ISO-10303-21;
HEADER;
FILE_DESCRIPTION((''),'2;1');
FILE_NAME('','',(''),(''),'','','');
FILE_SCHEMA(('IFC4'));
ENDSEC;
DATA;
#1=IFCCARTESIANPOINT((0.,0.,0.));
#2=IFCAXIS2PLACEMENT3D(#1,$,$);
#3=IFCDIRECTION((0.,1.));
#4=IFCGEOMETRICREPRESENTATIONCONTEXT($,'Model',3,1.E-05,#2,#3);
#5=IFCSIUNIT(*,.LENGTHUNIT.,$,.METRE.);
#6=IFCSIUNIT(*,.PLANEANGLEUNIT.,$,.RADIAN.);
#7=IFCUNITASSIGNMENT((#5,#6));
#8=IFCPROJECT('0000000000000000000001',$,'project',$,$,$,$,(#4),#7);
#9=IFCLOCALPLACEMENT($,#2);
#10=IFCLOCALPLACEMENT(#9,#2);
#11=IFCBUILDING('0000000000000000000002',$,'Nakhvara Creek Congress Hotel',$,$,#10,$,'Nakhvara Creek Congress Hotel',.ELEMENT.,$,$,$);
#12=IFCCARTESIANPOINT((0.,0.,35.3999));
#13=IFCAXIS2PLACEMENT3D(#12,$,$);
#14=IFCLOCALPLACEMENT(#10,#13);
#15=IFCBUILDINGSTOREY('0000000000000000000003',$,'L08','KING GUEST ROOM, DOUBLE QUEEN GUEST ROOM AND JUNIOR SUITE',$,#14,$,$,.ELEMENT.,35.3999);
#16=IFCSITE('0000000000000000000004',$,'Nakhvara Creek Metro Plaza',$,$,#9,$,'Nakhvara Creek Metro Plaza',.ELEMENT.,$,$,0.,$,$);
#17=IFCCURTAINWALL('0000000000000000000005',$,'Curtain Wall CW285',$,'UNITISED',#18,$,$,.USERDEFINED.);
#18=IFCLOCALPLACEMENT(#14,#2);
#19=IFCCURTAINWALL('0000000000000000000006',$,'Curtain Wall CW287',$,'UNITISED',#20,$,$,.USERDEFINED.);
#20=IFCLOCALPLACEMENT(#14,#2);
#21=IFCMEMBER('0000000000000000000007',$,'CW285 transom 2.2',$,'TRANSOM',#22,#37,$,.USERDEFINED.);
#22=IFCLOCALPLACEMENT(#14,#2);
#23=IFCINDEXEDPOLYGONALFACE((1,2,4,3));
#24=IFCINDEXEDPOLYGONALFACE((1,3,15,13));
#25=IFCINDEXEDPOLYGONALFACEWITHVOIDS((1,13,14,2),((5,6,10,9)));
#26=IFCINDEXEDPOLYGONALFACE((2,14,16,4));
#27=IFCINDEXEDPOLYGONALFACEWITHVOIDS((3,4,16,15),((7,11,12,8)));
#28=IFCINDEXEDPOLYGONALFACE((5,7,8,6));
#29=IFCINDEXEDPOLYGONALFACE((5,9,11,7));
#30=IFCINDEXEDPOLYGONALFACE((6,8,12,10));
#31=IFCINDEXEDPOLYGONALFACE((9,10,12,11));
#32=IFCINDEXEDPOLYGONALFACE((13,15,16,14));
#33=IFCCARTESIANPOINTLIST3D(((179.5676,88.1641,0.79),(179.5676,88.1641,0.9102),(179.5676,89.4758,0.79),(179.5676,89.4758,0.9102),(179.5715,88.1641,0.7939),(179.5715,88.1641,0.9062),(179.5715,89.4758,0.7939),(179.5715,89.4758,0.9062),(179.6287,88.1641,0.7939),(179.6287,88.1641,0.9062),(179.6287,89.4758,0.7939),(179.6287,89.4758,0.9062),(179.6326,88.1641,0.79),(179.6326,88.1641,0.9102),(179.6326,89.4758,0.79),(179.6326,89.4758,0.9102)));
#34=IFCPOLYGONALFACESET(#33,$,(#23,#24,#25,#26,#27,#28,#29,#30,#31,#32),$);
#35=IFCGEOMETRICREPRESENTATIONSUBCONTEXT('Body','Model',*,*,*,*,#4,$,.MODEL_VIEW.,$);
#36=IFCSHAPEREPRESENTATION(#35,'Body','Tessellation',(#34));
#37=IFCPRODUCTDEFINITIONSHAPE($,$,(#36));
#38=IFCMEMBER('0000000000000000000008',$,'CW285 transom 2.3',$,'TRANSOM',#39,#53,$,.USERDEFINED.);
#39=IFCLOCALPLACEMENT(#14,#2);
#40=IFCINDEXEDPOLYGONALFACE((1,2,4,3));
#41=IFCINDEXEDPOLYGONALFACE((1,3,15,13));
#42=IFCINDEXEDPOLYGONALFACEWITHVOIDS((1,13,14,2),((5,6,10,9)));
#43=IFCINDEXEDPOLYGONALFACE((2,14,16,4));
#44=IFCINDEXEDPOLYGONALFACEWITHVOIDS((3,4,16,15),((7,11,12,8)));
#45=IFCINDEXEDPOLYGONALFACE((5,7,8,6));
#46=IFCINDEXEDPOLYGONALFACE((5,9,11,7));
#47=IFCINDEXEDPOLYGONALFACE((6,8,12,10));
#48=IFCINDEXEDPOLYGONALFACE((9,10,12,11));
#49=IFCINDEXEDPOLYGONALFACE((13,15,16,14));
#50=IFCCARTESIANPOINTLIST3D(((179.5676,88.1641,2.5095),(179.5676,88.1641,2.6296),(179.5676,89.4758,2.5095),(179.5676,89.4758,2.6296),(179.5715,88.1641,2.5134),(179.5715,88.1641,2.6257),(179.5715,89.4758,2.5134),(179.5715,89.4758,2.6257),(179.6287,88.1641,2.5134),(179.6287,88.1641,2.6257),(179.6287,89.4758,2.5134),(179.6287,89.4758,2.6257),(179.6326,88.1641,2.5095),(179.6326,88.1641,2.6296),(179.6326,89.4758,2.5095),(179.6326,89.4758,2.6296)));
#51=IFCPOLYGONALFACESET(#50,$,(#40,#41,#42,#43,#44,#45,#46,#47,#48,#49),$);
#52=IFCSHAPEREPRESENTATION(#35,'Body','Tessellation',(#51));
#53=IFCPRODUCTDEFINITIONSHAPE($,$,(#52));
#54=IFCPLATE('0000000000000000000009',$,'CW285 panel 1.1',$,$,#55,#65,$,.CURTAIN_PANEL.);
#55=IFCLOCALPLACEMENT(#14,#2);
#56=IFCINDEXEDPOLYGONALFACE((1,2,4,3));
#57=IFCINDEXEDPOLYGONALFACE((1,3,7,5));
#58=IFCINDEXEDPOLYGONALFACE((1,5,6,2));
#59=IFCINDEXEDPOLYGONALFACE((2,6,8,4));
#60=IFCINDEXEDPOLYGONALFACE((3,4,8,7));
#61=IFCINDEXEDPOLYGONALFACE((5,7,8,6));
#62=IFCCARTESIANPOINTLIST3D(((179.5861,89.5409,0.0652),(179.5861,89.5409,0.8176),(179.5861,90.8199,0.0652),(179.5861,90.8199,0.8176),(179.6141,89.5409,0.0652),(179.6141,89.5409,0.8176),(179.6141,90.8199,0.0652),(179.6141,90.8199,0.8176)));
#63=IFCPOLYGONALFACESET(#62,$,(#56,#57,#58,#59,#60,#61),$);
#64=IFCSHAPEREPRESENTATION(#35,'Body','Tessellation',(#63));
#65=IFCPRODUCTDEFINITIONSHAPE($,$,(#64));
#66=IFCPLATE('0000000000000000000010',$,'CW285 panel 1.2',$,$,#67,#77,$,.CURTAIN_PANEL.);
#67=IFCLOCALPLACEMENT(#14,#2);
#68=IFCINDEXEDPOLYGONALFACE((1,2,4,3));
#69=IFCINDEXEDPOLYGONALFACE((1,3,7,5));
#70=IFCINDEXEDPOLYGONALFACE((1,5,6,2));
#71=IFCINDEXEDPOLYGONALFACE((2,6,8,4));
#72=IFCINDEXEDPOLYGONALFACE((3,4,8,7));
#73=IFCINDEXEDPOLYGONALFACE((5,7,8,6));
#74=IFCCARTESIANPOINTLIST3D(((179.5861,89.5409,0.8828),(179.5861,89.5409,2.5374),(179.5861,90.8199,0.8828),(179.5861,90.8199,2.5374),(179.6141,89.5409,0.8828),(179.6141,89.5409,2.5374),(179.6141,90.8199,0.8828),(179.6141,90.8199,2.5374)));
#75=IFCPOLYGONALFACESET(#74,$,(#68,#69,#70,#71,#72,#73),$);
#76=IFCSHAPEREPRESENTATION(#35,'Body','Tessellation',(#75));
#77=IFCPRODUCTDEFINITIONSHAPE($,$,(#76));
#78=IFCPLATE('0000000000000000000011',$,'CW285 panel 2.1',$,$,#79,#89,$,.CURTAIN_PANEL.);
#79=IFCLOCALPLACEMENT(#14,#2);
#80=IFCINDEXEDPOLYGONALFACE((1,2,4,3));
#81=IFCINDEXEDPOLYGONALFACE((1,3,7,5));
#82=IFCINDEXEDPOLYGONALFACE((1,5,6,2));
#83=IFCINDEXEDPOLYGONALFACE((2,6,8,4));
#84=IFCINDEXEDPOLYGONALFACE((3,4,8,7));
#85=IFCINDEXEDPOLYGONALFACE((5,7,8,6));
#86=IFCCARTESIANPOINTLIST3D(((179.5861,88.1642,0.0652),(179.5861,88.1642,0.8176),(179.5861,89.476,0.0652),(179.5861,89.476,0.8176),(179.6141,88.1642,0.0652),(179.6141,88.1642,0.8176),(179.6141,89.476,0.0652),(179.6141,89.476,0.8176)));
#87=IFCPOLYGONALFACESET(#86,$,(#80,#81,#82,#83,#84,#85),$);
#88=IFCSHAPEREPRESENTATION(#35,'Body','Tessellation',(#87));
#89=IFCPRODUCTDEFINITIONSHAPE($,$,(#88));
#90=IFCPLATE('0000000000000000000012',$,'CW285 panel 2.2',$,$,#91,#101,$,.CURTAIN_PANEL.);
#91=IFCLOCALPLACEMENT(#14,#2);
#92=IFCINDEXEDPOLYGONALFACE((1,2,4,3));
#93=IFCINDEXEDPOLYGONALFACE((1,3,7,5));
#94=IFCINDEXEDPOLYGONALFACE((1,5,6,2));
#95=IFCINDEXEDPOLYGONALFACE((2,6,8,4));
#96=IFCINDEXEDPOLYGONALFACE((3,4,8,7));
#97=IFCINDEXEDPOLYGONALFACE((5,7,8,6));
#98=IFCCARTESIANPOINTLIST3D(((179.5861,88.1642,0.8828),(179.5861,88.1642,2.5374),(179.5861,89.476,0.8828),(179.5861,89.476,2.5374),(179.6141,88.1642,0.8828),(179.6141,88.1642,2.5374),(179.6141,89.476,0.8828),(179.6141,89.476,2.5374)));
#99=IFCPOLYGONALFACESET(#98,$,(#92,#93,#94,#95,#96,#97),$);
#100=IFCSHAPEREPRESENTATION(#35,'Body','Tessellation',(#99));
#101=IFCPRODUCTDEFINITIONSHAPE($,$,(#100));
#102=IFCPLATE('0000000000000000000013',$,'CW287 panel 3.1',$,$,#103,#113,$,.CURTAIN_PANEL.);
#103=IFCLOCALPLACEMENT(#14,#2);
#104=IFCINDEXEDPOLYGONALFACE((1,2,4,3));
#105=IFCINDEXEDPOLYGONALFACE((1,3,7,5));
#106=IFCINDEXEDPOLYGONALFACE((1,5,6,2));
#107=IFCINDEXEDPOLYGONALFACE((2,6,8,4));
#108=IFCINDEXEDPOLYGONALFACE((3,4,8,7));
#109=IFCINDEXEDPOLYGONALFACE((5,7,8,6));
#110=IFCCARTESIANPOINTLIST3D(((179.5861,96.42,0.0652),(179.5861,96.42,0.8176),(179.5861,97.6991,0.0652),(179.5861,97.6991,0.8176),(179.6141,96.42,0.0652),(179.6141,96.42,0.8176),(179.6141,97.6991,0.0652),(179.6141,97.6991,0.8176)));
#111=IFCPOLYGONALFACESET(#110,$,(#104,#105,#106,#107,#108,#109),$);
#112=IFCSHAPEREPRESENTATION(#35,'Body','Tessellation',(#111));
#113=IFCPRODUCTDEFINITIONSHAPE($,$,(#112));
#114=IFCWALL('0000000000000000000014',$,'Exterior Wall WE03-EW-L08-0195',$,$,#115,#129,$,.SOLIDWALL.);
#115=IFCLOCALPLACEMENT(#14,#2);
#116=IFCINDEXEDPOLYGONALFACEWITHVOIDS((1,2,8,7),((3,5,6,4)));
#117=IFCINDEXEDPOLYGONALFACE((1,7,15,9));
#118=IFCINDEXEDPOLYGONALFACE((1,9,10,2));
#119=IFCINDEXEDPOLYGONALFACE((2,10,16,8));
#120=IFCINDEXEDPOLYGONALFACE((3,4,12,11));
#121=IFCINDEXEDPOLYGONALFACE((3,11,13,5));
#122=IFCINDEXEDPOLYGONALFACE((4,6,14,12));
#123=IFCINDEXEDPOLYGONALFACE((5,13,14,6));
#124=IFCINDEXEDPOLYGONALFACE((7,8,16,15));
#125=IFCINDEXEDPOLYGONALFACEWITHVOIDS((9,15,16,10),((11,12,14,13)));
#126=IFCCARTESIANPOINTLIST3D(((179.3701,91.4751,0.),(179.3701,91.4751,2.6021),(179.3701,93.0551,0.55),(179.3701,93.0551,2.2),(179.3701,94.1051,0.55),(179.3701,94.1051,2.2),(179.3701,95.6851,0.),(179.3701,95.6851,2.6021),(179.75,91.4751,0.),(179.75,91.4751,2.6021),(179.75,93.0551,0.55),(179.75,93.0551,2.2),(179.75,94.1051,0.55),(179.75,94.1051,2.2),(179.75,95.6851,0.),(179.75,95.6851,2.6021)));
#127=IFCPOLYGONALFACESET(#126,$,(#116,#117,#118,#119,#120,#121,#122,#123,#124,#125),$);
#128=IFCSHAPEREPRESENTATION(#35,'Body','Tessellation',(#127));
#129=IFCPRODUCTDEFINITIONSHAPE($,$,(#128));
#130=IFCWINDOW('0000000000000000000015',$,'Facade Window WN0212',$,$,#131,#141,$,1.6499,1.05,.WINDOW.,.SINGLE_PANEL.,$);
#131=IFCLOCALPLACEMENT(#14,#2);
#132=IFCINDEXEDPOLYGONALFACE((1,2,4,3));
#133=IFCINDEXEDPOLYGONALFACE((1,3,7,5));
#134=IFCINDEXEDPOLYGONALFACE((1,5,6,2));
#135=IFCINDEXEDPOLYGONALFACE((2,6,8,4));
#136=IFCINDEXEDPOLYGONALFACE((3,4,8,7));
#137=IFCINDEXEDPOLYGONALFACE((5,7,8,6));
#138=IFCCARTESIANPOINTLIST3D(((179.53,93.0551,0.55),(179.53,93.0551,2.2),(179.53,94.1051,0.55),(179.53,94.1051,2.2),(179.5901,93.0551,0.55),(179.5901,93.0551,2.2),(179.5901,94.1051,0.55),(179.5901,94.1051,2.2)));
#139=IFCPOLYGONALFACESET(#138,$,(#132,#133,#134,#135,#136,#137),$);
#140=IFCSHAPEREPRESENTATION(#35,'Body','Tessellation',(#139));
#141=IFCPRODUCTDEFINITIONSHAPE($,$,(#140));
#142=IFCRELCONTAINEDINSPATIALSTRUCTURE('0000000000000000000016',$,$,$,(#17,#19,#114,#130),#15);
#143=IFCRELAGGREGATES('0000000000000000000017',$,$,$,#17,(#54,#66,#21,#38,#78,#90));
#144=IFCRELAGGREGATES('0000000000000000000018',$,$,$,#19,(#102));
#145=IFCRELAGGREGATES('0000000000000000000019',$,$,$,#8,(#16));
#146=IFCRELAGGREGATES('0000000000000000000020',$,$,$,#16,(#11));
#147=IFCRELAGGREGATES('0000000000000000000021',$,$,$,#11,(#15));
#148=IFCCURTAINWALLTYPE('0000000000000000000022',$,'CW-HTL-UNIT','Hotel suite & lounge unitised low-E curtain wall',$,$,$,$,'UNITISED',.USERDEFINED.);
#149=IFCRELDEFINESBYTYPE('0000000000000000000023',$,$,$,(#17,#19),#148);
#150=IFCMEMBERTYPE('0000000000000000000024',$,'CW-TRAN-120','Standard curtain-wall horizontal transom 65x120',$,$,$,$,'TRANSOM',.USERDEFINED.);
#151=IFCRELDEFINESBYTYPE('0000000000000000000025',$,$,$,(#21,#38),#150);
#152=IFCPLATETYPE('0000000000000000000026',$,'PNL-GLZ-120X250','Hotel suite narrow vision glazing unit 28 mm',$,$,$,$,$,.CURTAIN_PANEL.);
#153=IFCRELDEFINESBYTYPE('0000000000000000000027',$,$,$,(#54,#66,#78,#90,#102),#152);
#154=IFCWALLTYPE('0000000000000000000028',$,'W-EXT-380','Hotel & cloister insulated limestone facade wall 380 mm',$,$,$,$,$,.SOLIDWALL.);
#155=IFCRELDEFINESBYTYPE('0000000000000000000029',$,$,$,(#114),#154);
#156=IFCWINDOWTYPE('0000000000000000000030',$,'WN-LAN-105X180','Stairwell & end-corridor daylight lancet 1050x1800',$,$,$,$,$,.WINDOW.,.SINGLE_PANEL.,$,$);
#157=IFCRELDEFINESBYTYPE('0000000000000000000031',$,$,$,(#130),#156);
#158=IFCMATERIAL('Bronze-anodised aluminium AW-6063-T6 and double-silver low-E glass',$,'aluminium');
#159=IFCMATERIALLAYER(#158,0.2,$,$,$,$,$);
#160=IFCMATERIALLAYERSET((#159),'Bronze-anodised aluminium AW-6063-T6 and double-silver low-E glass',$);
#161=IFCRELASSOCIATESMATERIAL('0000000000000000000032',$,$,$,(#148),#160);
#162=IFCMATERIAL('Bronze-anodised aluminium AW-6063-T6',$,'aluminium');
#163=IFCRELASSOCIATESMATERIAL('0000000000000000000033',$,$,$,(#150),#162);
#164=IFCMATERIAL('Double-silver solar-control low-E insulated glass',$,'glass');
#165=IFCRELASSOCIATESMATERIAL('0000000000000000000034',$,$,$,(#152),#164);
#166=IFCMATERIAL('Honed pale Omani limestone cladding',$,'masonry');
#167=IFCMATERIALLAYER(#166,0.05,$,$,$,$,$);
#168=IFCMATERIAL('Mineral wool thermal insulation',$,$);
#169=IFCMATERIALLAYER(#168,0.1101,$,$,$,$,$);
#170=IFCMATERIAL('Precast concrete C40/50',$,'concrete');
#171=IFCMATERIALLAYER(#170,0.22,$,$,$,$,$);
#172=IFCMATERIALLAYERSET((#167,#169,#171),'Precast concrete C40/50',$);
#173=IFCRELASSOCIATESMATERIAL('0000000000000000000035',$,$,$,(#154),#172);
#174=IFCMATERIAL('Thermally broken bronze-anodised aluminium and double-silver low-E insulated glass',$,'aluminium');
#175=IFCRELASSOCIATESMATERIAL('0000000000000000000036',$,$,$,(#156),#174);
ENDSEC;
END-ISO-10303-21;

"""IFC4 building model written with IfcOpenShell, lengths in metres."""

from ifc_helpers import new_model, si_unit, direction, frame, frame_2d, origin, origin_2d, place, context, subcontext, project, spatial, rectangle, hollow_rectangle, extrude, material, layer, layer_set, material_profile, profile_set, type_object, element, fill, aggregate, save


model = new_model("IFC4")

# Units and contexts
model_context = context("Model", 3, precision=1e-05, world=origin(), true_north=direction((0.0, 1.0)))
body_context = subcontext(model_context, "Body", "Model", "MODEL_VIEW")
ifc_project = project(units=[si_unit("LENGTHUNIT", "METRE"), si_unit("PLANEANGLEUNIT", "RADIAN")], contexts=[model_context])

# Site, building, storey
site_placement = place(None, origin())
site = spatial("IfcSite", under=ifc_project, at=site_placement, Name="Nakhvara Creek Metro Plaza", LongName="Nakhvara Creek Metro Plaza", CompositionType="ELEMENT", RefElevation=0.0)
building_placement = place(site_placement, origin())
building = spatial("IfcBuilding", under=site, at=building_placement, Name="Nakhvara Creek Congress Hotel", LongName="Nakhvara Creek Congress Hotel", CompositionType="ELEMENT")
storey_placement = place(building_placement, frame((0.0, 0.0, 35.3999)))
storey = spatial("IfcBuildingStorey", under=building, at=storey_placement, Name="L08", Description="KING GUEST ROOM, DOUBLE QUEEN GUEST ROOM AND JUNIOR SUITE", CompositionType="ELEMENT", Elevation=35.3999)

# Curtain wall
ifc_material_1 = material(Name="Bronze-anodised aluminium AW-6063-T6 and double-silver low-E glass", Category="aluminium")
ifc_layer_1 = layer(ifc_material_1, 0.2)
ifc_layer_set_1 = layer_set([ifc_layer_1], Name="Bronze-anodised aluminium AW-6063-T6 and double-silver low-E glass")
curtain_wall_type = type_object("IfcCurtainWallType", Name="CW-HTL-UNIT", Description="Hotel suite & lounge unitised low-E curtain wall", ElementType="UNITISED", PredefinedType="USERDEFINED", material=ifc_layer_set_1)
curtain_wall_1_placement = place(storey_placement, origin())
curtain_wall_1 = element("IfcCurtainWall", 1, at=curtain_wall_1_placement, inside=storey, type_object=curtain_wall_type, Name="Curtain Wall CW285", ObjectType="UNITISED", PredefinedType="USERDEFINED")
ifc_material_2 = material(Name="Bronze-anodised aluminium AW-6063-T6", Category="aluminium")

# Curtain wall
curtain_wall_2_placement = place(storey_placement, origin())
curtain_wall_2 = element("IfcCurtainWall", 2, at=curtain_wall_2_placement, inside=storey, type_object=curtain_wall_type, Name="Curtain Wall CW287", ObjectType="UNITISED", PredefinedType="USERDEFINED")

# Members
ifc_material_profile_1 = material_profile(ifc_material_2, hollow_rectangle(XDim=0.0649, YDim=0.1201, WallThickness=0.0039, at=origin_2d()), Name="ALU-TRAN 65x120x4", Category="LoadBearing")
ifc_profile_set_1 = profile_set([ifc_material_profile_1], Name="Bronze-anodised aluminium AW-6063-T6")
member_type_1 = type_object("IfcMemberType", Name="CW-TRAN-120", Description="Standard curtain-wall horizontal transom 65x120", ElementType="TRANSOM", PredefinedType="USERDEFINED", material=ifc_profile_set_1)
member_1_placement = place(storey_placement, frame((179.6001, 89.4758, 0.8501), z_axis=(0.0, -1.0, 0.0), x_axis=(1.0, 0.0, 0.0)))
member_1 = element("IfcMember", 3, at=member_1_placement, type_object=member_type_1, Name="CW285 transom 2.2", ObjectType="TRANSOM", PredefinedType="USERDEFINED", context=body_context, shape_type="SweptSolid", body=[
    extrude(hollow_rectangle(XDim=0.0649, YDim=0.1201, WallThickness=0.0039, at=origin_2d()), origin(), (0.0, 0.0, 1.0), 1.3118),
])
member_2_placement = place(storey_placement, frame((179.6001, 89.4758, 2.5696), z_axis=(0.0, -1.0, 0.0), x_axis=(1.0, 0.0, 0.0)))
member_2 = element("IfcMember", 4, at=member_2_placement, type_object=member_type_1, Name="CW285 transom 2.3", ObjectType="TRANSOM", PredefinedType="USERDEFINED", context=body_context, shape_type="SweptSolid", body=[
    extrude(hollow_rectangle(XDim=0.0649, YDim=0.1201, WallThickness=0.0039, at=origin_2d()), origin(), (0.0, 0.0, 1.0), 1.3118),
])

# Plates
ifc_material_3 = material(Name="Double-silver solar-control low-E insulated glass", Category="glass")
plate_type = type_object("IfcPlateType", Name="PNL-GLZ-120X250", Description="Hotel suite narrow vision glazing unit 28 mm", PredefinedType="CURTAIN_PANEL", material=ifc_material_3)
plate_1_placement = place(storey_placement, frame((179.6001, 90.1804, 0.0652), z_axis=(0.0, 0.0, 1.0), x_axis=(0.0, -1.0, 0.0)))
plate_1 = element("IfcPlate", 5, at=plate_1_placement, type_object=plate_type, Name="CW285 panel 1.1", PredefinedType="CURTAIN_PANEL", context=body_context, shape_type="SweptSolid", body=[
    extrude(rectangle(XDim=1.2791, YDim=0.0281, at=origin_2d()), origin(), (0.0, 0.0, 1.0), 0.7524),
])
plate_2_placement = place(storey_placement, frame((179.6001, 90.1804, 0.8828), z_axis=(0.0, 0.0, 1.0), x_axis=(0.0, -1.0, 0.0)))
plate_2 = element("IfcPlate", 6, at=plate_2_placement, type_object=plate_type, Name="CW285 panel 1.2", PredefinedType="CURTAIN_PANEL", context=body_context, shape_type="SweptSolid", body=[
    extrude(rectangle(XDim=1.2791, YDim=0.0281, at=origin_2d()), origin(), (0.0, 0.0, 1.0), 1.6545),
])
plate_3_placement = place(storey_placement, frame((179.6001, 88.8201, 0.0652), z_axis=(0.0, 0.0, 1.0), x_axis=(0.0, -1.0, 0.0)))
plate_3 = element("IfcPlate", 7, at=plate_3_placement, type_object=plate_type, Name="CW285 panel 2.1", PredefinedType="CURTAIN_PANEL", context=body_context, shape_type="SweptSolid", body=[
    extrude(rectangle(XDim=1.3118, YDim=0.0281, at=origin_2d()), origin(), (0.0, 0.0, 1.0), 0.7524),
])
plate_4_placement = place(storey_placement, frame((179.6001, 88.8201, 0.8828), z_axis=(0.0, 0.0, 1.0), x_axis=(0.0, -1.0, 0.0)))
plate_4 = element("IfcPlate", 8, at=plate_4_placement, type_object=plate_type, Name="CW285 panel 2.2", PredefinedType="CURTAIN_PANEL", context=body_context, shape_type="SweptSolid", body=[
    extrude(rectangle(XDim=1.3118, YDim=0.0281, at=origin_2d()), origin(), (0.0, 0.0, 1.0), 1.6545),
])
aggregate(curtain_wall_1, [plate_1, plate_2, member_1, member_2, plate_3, plate_4])
plate_5_placement = place(storey_placement, frame((179.6001, 97.0596, 0.0652), z_axis=(0.0, 0.0, 1.0), x_axis=(0.0, -1.0, 0.0)))
plate_5 = element("IfcPlate", 9, at=plate_5_placement, type_object=plate_type, Name="CW287 panel 3.1", PredefinedType="CURTAIN_PANEL", context=body_context, shape_type="SweptSolid", body=[
    extrude(rectangle(XDim=1.2791, YDim=0.0281, at=origin_2d()), origin(), (0.0, 0.0, 1.0), 0.7524),
])
aggregate(curtain_wall_2, [plate_5])

# Wall, opening, window
ifc_material_4 = material(Name="Honed pale Omani limestone cladding", Category="masonry")
ifc_layer_2 = layer(ifc_material_4, 0.05)
ifc_material_5 = material(Name="Mineral wool thermal insulation")
ifc_layer_3 = layer(ifc_material_5, 0.1101)
ifc_material_6 = material(Name="Precast concrete C40/50", Category="concrete")
ifc_layer_4 = layer(ifc_material_6, 0.22)
ifc_layer_set_2 = layer_set([ifc_layer_2, ifc_layer_3, ifc_layer_4], Name="Precast concrete C40/50")
wall_type = type_object("IfcWallType", Name="W-EXT-380", Description="Hotel & cloister insulated limestone facade wall 380 mm", PredefinedType="SOLIDWALL", material=ifc_layer_set_2)
wall_placement = place(storey_placement, frame((179.5601, 95.6851, 0.0), z_axis=(0.0, 0.0, 1.0), x_axis=(0.0, -1.0, 0.0)))
wall = element("IfcWall", 10, at=wall_placement, inside=storey, type_object=wall_type, Name="Exterior Wall WE03-EW-L08-0195", PredefinedType="SOLIDWALL", context=body_context, shape_type="SweptSolid", body=[
    extrude(rectangle(XDim=4.21, YDim=0.3799, at=frame_2d((2.105, 0.0))), origin(), (0.0, 0.0, 1.0), 2.6021),
])
opening_placement = place(wall_placement, frame((1.5801, 0.0, 0.55)))
opening = element("IfcOpeningElement", 11, at=opening_placement, cuts=wall, PredefinedType="OPENING", context=body_context, shape_type="SweptSolid", body=[
    extrude(rectangle(XDim=1.05, YDim=1.6499, at=frame_2d((0.5249, 0.825))), frame((0.0, 0.2019, 0.0), z_axis=(0.0, -1.0, 0.0), x_axis=(1.0, 0.0, 0.0)), (0.0, 0.0, 1.0), 0.4038),
])
ifc_material_7 = material(Name="Thermally broken bronze-anodised aluminium and double-silver low-E insulated glass", Category="aluminium")
window_type = type_object("IfcWindowType", Name="WN-LAN-105X180", Description="Stairwell & end-corridor daylight lancet 1050x1800", PartitioningType="SINGLE_PANEL", PredefinedType="WINDOW", material=ifc_material_7)
window_placement = place(opening_placement, origin())
window = element("IfcWindow", 12, at=window_placement, inside=storey, type_object=window_type, Name="Facade Window WN0212", OverallHeight=1.6499, OverallWidth=1.05, PartitioningType="SINGLE_PANEL", PredefinedType="WINDOW", context=body_context, shape_type="SweptSolid", body=[
    extrude(rectangle(XDim=1.05, YDim=1.6499, at=frame_2d((0.5249, 0.825))), frame((0.0, 0.03, 0.0), z_axis=(0.0, -1.0, 0.0), x_axis=(1.0, 0.0, 0.0)), (0.0, 0.0, 1.0), 0.0601),
])
fill(opening, window)

save(model, "model.ifc")
